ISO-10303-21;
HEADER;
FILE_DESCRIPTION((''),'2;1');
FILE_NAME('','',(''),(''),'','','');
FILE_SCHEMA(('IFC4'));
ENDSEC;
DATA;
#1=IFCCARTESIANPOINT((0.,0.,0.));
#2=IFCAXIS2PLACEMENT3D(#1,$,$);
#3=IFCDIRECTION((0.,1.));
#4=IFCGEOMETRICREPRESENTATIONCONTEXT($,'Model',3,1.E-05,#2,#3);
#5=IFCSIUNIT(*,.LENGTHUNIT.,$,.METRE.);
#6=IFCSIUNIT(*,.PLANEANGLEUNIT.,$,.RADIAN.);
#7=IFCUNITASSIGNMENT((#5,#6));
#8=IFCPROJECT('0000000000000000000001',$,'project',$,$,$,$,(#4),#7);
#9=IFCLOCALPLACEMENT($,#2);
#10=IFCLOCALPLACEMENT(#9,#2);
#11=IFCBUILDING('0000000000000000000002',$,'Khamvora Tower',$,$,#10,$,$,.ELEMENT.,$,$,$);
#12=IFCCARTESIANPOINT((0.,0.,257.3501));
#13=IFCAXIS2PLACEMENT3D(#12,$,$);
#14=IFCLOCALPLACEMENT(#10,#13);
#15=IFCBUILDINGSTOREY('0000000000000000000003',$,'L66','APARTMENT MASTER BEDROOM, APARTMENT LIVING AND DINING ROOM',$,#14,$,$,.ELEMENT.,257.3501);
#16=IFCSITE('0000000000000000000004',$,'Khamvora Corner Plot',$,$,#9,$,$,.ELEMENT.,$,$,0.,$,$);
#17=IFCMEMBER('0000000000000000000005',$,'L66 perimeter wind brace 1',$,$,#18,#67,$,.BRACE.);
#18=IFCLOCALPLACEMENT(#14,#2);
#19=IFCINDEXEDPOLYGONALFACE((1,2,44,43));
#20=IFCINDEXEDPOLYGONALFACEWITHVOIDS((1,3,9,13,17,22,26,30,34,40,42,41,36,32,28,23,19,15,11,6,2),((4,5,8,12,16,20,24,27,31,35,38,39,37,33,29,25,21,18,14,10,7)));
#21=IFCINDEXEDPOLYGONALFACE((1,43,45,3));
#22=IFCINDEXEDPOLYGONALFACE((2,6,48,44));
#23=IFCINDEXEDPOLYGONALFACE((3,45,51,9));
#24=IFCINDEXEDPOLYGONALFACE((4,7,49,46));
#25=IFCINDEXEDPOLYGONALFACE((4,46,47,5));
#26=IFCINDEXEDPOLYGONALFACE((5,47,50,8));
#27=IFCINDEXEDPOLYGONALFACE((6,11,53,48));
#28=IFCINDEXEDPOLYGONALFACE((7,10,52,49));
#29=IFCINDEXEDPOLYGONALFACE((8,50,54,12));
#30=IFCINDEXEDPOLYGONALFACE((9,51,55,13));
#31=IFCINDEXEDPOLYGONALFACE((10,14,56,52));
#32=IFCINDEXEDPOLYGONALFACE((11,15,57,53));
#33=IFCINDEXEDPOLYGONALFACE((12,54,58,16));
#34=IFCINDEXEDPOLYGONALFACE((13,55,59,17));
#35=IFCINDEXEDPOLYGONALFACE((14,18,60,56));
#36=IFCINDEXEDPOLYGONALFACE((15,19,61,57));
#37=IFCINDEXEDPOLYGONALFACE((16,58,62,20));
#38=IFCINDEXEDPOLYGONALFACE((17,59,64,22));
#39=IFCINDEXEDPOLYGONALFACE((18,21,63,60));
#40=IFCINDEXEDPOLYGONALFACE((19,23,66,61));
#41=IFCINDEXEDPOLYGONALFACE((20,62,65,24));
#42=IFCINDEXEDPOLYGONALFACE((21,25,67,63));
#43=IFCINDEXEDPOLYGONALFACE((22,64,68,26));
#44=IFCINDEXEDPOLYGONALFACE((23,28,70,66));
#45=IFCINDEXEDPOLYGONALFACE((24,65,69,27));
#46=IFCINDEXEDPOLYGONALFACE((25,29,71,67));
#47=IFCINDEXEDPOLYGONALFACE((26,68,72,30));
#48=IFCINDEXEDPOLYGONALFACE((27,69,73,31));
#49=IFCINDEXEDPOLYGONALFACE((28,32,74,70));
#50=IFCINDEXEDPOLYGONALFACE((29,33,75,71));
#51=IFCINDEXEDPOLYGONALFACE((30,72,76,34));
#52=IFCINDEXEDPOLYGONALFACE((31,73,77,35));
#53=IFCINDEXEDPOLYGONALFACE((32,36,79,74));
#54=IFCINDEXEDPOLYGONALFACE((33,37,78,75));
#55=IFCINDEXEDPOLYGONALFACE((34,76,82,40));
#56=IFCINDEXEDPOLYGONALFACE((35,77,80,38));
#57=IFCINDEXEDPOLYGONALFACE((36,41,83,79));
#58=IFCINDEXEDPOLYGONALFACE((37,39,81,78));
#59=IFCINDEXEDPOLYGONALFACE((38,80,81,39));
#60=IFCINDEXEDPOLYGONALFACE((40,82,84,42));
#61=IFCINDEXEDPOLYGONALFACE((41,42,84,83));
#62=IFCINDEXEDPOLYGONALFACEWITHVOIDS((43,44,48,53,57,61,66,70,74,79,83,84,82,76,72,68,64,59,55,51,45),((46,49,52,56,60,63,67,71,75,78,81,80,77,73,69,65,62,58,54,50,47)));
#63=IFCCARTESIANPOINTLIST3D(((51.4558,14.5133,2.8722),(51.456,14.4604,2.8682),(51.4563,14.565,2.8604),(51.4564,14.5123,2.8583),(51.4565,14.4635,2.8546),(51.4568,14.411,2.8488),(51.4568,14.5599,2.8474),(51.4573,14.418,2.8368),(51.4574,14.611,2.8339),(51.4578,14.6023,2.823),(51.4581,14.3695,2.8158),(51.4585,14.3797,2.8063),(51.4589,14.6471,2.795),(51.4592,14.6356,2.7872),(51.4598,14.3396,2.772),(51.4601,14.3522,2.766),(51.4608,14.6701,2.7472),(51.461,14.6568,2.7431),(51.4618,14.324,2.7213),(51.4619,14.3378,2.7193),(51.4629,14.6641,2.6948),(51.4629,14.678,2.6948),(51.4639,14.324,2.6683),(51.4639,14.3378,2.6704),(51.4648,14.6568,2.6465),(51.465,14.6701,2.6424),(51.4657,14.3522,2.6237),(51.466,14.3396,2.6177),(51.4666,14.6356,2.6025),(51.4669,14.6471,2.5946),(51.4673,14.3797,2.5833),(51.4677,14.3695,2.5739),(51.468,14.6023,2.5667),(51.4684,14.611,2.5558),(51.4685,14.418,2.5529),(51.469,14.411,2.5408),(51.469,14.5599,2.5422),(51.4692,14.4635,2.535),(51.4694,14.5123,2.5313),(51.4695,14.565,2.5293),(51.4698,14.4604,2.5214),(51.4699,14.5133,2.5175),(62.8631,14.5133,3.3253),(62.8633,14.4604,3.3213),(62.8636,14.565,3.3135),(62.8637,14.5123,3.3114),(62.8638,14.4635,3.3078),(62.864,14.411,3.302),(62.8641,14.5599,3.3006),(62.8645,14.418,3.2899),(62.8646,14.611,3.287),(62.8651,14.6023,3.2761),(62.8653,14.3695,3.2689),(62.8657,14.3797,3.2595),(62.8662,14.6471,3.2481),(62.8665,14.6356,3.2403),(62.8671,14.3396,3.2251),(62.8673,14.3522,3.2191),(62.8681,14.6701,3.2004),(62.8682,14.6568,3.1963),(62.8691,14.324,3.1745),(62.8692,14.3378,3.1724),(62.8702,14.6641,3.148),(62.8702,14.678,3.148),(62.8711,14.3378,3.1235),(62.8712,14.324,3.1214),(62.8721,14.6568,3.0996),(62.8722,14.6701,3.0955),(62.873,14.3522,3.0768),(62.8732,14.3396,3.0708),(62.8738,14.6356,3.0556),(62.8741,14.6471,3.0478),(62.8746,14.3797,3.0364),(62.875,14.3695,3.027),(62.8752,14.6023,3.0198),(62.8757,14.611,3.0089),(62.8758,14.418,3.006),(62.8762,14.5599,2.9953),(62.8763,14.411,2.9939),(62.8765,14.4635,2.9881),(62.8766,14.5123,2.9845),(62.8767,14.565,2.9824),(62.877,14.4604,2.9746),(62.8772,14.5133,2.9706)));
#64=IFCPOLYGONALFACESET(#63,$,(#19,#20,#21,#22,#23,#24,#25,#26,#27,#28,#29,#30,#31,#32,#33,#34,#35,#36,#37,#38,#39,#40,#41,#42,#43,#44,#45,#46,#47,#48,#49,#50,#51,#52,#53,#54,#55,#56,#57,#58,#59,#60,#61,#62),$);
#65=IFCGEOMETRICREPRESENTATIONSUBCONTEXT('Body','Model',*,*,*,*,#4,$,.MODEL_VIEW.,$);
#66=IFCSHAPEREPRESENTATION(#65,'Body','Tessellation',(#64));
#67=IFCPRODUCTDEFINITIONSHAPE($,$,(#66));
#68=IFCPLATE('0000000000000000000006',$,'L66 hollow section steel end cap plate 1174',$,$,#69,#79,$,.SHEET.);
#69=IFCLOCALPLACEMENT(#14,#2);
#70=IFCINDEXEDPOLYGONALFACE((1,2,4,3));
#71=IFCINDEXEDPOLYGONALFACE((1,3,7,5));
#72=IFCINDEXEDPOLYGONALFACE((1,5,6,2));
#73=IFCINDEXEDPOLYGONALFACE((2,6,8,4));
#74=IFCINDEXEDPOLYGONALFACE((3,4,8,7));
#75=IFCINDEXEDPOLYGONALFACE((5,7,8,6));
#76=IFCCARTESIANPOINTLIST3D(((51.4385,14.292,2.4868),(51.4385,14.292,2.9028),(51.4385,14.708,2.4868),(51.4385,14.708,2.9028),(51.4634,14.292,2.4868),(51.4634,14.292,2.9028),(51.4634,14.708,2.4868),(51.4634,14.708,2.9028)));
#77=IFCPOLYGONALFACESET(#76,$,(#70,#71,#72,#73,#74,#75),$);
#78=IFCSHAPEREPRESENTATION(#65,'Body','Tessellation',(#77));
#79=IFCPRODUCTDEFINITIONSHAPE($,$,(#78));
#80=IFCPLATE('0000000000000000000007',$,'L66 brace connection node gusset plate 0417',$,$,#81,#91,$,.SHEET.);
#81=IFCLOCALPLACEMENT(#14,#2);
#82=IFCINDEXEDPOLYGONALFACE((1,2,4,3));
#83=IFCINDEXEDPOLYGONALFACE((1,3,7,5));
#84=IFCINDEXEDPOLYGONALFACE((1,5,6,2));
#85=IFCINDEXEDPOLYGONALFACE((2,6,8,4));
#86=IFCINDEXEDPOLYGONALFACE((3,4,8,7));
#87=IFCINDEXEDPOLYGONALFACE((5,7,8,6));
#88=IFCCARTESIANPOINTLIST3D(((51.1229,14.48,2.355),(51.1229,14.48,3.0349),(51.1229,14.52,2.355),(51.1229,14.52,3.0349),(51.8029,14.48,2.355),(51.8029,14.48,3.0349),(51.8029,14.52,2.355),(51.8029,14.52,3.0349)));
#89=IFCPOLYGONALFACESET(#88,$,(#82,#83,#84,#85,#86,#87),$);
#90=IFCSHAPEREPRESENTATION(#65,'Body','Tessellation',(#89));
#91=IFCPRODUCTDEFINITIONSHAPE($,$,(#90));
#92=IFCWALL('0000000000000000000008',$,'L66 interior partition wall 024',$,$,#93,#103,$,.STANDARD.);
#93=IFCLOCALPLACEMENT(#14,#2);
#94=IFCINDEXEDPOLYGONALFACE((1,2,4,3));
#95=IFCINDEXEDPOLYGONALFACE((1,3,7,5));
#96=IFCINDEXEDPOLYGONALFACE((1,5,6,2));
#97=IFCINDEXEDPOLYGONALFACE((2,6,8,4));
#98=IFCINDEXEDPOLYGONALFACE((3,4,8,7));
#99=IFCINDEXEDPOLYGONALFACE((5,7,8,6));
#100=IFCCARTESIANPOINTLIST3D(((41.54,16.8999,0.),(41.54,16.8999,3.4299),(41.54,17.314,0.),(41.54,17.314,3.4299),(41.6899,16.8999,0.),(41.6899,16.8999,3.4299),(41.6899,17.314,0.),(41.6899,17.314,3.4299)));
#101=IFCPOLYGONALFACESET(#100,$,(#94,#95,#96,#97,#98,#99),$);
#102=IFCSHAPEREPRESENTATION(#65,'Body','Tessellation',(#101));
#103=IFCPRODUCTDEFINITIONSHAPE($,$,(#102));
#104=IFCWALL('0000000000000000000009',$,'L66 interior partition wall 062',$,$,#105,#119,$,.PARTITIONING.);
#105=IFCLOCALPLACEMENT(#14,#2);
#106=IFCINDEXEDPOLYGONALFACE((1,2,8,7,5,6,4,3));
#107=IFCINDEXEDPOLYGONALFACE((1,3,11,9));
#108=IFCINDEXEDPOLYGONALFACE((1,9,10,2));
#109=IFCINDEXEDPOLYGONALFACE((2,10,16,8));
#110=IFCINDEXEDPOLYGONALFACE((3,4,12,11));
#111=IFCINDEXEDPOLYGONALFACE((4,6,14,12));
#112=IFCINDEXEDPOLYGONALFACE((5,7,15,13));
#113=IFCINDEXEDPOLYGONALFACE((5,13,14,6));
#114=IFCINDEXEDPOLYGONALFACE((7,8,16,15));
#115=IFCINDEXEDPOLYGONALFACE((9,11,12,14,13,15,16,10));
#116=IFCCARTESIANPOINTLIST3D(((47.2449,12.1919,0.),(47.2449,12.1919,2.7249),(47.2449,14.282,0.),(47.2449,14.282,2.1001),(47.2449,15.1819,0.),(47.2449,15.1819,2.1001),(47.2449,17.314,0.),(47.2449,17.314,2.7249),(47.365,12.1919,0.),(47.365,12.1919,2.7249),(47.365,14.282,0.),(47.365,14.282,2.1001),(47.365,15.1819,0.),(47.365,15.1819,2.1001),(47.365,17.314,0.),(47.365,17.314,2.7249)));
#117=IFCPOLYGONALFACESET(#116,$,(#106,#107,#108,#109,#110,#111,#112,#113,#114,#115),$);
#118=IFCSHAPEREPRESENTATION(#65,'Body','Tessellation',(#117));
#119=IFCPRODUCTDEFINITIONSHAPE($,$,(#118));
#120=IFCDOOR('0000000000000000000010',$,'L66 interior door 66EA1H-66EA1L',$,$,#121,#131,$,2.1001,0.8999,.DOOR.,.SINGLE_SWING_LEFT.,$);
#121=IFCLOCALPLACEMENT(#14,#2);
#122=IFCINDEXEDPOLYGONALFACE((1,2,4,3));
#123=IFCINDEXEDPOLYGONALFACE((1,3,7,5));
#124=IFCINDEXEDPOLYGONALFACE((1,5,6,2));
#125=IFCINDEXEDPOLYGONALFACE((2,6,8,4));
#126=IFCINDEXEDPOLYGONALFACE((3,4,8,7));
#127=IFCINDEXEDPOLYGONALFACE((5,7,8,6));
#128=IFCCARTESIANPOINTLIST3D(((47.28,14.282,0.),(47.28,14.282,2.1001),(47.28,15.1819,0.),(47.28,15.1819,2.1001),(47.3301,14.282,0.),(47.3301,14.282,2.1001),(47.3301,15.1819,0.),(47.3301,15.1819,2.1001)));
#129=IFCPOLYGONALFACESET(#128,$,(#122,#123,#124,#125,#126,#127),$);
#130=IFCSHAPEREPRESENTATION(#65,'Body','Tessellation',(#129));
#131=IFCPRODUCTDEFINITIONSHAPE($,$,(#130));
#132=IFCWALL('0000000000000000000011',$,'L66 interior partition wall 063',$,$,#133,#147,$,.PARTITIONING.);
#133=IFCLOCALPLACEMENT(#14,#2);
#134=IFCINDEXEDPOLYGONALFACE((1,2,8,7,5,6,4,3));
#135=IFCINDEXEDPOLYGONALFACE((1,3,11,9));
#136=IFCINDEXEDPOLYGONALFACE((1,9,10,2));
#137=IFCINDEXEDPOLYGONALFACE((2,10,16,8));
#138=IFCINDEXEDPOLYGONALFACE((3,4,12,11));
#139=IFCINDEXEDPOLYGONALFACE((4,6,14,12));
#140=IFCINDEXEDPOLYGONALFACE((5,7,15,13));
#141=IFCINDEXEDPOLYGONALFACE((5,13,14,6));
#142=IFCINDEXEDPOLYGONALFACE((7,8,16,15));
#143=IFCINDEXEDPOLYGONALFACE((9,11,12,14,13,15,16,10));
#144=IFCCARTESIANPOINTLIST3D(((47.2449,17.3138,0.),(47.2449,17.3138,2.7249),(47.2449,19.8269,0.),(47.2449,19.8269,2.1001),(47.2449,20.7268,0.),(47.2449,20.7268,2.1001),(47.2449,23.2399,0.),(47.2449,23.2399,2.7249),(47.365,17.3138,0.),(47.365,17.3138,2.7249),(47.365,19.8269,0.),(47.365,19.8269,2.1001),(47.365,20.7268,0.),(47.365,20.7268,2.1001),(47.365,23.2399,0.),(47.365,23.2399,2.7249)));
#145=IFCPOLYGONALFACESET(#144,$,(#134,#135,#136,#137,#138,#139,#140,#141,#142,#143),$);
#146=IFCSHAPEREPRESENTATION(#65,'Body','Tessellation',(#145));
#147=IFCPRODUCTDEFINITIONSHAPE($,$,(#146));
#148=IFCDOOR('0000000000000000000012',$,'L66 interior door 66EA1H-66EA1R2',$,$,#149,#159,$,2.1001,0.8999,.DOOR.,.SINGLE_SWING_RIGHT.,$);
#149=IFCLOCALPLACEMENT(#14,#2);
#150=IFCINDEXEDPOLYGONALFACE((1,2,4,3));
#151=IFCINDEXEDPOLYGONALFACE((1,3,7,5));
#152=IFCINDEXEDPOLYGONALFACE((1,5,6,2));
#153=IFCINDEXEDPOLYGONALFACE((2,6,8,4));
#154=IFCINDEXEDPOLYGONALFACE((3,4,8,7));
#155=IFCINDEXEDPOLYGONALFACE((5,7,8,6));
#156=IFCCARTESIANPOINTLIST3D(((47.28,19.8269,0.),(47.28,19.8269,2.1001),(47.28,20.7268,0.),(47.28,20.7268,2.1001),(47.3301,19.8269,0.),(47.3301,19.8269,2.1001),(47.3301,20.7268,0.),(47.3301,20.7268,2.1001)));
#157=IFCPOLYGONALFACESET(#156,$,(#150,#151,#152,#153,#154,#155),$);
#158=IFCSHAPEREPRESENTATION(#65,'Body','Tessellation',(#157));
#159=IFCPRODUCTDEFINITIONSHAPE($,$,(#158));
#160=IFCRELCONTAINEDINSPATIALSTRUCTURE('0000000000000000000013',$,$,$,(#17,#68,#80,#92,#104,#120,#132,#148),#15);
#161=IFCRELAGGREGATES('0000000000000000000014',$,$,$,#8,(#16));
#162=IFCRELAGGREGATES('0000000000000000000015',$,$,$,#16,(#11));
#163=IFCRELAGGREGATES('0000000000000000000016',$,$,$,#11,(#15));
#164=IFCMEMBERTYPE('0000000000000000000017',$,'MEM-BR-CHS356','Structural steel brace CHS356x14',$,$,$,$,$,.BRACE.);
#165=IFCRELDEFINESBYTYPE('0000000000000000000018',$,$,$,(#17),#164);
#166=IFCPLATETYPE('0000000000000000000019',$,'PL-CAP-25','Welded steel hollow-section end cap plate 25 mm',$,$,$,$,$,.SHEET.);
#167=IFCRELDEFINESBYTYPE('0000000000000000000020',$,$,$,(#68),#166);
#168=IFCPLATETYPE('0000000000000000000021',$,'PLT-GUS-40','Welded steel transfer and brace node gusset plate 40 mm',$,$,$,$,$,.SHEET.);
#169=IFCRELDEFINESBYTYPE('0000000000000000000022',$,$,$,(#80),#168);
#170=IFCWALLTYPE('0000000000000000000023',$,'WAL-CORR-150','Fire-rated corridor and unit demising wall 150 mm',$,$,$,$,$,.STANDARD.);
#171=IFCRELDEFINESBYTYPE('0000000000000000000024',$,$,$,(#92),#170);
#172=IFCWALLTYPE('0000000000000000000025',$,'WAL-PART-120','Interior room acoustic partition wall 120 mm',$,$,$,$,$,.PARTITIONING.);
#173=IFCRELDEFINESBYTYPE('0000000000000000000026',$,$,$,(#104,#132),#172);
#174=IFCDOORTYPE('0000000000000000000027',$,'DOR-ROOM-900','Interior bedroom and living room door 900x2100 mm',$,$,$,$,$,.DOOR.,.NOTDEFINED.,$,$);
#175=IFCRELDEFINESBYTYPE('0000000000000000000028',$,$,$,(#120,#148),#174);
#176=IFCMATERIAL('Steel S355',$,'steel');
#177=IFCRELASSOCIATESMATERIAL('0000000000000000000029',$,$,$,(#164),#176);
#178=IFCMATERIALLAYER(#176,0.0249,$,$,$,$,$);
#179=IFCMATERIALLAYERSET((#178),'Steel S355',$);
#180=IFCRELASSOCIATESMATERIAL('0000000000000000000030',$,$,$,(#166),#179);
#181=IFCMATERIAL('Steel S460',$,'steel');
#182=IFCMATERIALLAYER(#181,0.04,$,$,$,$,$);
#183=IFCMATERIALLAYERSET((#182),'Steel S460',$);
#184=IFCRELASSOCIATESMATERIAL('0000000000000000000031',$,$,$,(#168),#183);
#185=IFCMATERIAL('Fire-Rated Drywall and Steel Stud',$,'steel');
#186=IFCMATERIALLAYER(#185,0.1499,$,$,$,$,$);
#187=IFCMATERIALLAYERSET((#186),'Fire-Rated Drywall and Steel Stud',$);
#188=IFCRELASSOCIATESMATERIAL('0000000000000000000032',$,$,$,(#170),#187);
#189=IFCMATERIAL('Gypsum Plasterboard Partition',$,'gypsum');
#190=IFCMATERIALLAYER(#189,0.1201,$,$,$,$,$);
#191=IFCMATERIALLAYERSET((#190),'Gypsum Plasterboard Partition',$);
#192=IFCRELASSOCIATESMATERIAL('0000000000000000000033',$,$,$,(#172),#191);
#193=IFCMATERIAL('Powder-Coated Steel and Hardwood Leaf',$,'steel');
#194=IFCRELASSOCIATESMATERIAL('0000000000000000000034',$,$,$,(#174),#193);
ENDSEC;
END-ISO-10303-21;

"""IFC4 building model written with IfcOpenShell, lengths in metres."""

from ifc_helpers import new_model, si_unit, direction, frame, frame_2d, origin, origin_2d, place, context, subcontext, project, spatial, rectangle, hollow_circle, extrude, material, layer, layer_set, material_profile, profile_set, type_object, element, fill, save


model = new_model("IFC4")

# Units and contexts
model_context = context("Model", 3, precision=1e-05, world=origin(), true_north=direction((0.0, 1.0)))
body_context = subcontext(model_context, "Body", "Model", "MODEL_VIEW")
ifc_project = project(units=[si_unit("LENGTHUNIT", "METRE"), si_unit("PLANEANGLEUNIT", "RADIAN")], contexts=[model_context])

# Site, building, storey
site_placement = place(None, origin())
site = spatial("IfcSite", under=ifc_project, at=site_placement, Name="Khamvora Corner Plot", CompositionType="ELEMENT", RefElevation=0.0)
building_placement = place(site_placement, origin())
building = spatial("IfcBuilding", under=site, at=building_placement, Name="Khamvora Tower", CompositionType="ELEMENT")
storey_placement = place(building_placement, frame((0.0, 0.0, 257.3501)))
storey = spatial("IfcBuildingStorey", under=building, at=storey_placement, Name="L66", Description="APARTMENT MASTER BEDROOM, APARTMENT LIVING AND DINING ROOM", CompositionType="ELEMENT", Elevation=257.3501)

# Shared definitions
ifc_material_1 = material(Name="Steel S355", Category="steel")

# Member
ifc_material_profile_1 = material_profile(ifc_material_1, hollow_circle(Radius=0.178, WallThickness=0.0139, at=origin_2d()), Name="CHS356x14")
ifc_profile_set_1 = profile_set([ifc_material_profile_1], Name="Steel S355")
member_type = type_object("IfcMemberType", Name="MEM-BR-CHS356", Description="Structural steel brace CHS356x14", PredefinedType="BRACE", material=ifc_profile_set_1)
member_placement = place(storey_placement, frame((51.4629, 14.5, 2.6948), z_axis=(0.999212, 0.0, 0.039691), x_axis=(0.0, 1.0, 0.0)))
element("IfcMember", 1, at=member_placement, inside=storey, type_object=member_type, Name="L66 perimeter wind brace 1", PredefinedType="BRACE", context=body_context, shape_type="SweptSolid", body=[
    extrude(hollow_circle(Radius=0.178, WallThickness=0.0139, at=origin_2d()), origin(), (0.0, 0.0, 1.0), 11.4163),
])

# Plates
ifc_layer_1 = layer(ifc_material_1, 0.0249)
ifc_layer_set_1 = layer_set([ifc_layer_1], Name="Steel S355")
plate_type_1 = type_object("IfcPlateType", Name="PL-CAP-25", Description="Welded steel hollow-section end cap plate 25 mm", PredefinedType="SHEET", material=ifc_layer_set_1)
plate_1_placement = place(storey_placement, frame((51.4509, 14.5, 2.4868), z_axis=(0.0, 0.0, 1.0), x_axis=(1.0, 0.0, 0.0)))
element("IfcPlate", 2, at=plate_1_placement, inside=storey, type_object=plate_type_1, Name="L66 hollow section steel end cap plate 1174", PredefinedType="SHEET", context=body_context, shape_type="SweptSolid", body=[
    extrude(rectangle(XDim=0.0249, YDim=0.416, at=origin_2d()), origin(), (0.0, 0.0, 1.0), 0.416),
])
ifc_material_2 = material(Name="Steel S460", Category="steel")
ifc_layer_2 = layer(ifc_material_2, 0.04)
ifc_layer_set_2 = layer_set([ifc_layer_2], Name="Steel S460")
plate_type_2 = type_object("IfcPlateType", Name="PLT-GUS-40", Description="Welded steel transfer and brace node gusset plate 40 mm", PredefinedType="SHEET", material=ifc_layer_set_2)
plate_2_placement = place(storey_placement, frame((51.4629, 14.5, 2.355), z_axis=(0.0, 0.0, 1.0), x_axis=(1.0, 0.0, 0.0)))
element("IfcPlate", 3, at=plate_2_placement, inside=storey, type_object=plate_type_2, Name="L66 brace connection node gusset plate 0417", PredefinedType="SHEET", context=body_context, shape_type="SweptSolid", body=[
    extrude(rectangle(XDim=0.6799, YDim=0.04, at=origin_2d()), origin(), (0.0, 0.0, 1.0), 0.6799),
])

# Wall
ifc_material_3 = material(Name="Fire-Rated Drywall and Steel Stud", Category="steel")
ifc_layer_3 = layer(ifc_material_3, 0.1499)
ifc_layer_set_3 = layer_set([ifc_layer_3], Name="Fire-Rated Drywall and Steel Stud")
wall_type_1 = type_object("IfcWallType", Name="WAL-CORR-150", Description="Fire-rated corridor and unit demising wall 150 mm", PredefinedType="STANDARD", material=ifc_layer_set_3)
wall_1_placement = place(storey_placement, frame((41.615, 17.314, 0.0), z_axis=(0.0, 0.0, 1.0), x_axis=(0.0, -1.0, 0.0)))
element("IfcWall", 4, at=wall_1_placement, inside=storey, type_object=wall_type_1, Name="L66 interior partition wall 024", PredefinedType="STANDARD", context=body_context, shape_type="SweptSolid", body=[
    extrude(rectangle(XDim=0.4141, YDim=0.1499, at=frame_2d((0.207, 0.0))), origin(), (0.0, 0.0, 1.0), 3.4299),
])

# Walls, openings, doors
ifc_material_4 = material(Name="Gypsum Plasterboard Partition", Category="gypsum")
ifc_layer_4 = layer(ifc_material_4, 0.1201)
ifc_layer_set_4 = layer_set([ifc_layer_4], Name="Gypsum Plasterboard Partition")
wall_type_2 = type_object("IfcWallType", Name="WAL-PART-120", Description="Interior room acoustic partition wall 120 mm", PredefinedType="PARTITIONING", material=ifc_layer_set_4)
wall_2_placement = place(storey_placement, frame((47.3049, 12.1919, 0.0), z_axis=(0.0, 0.0, 1.0), x_axis=(0.0, 1.0, 0.0)))
wall_2 = element("IfcWall", 5, at=wall_2_placement, inside=storey, type_object=wall_type_2, Name="L66 interior partition wall 062", PredefinedType="PARTITIONING", context=body_context, shape_type="SweptSolid", body=[
    extrude(rectangle(XDim=5.1221, YDim=0.1201, at=frame_2d((2.561, 0.0))), origin(), (0.0, 0.0, 1.0), 2.7249),
])
opening_1_placement = place(wall_2_placement, frame((2.0901, 0.0, 0.0)))
opening_1 = element("IfcOpeningElement", 6, at=opening_1_placement, cuts=wall_2, PredefinedType="OPENING", context=body_context, shape_type="SweptSolid", body=[
    extrude(rectangle(XDim=0.8999, YDim=2.1001, at=frame_2d((0.45, 1.05))), frame((0.0, 0.0701, 0.0), z_axis=(0.0, -1.0, 0.0), x_axis=(1.0, 0.0, 0.0)), (0.0, 0.0, 1.0), 0.1401),
])
ifc_material_5 = material(Name="Powder-Coated Steel and Hardwood Leaf", Category="steel")
door_type = type_object("IfcDoorType", Name="DOR-ROOM-900", Description="Interior bedroom and living room door 900x2100 mm", OperationType="NOTDEFINED", PredefinedType="DOOR", material=ifc_material_5)
door_1_placement = place(opening_1_placement, origin())
door_1 = element("IfcDoor", 7, at=door_1_placement, inside=storey, type_object=door_type, Name="L66 interior door 66EA1H-66EA1L", OperationType="SINGLE_SWING_LEFT", OverallHeight=2.1001, OverallWidth=0.8999, PredefinedType="DOOR", context=body_context, shape_type="SweptSolid", body=[
    extrude(rectangle(XDim=0.8999, YDim=2.1001, at=frame_2d((0.45, 1.05))), frame((0.0, 0.0249, 0.0), z_axis=(0.0, -1.0, 0.0), x_axis=(1.0, 0.0, 0.0)), (0.0, 0.0, 1.0), 0.05),
])
fill(opening_1, door_1)
wall_3_placement = place(storey_placement, frame((47.3049, 17.314, 0.0), z_axis=(0.0, 0.0, 1.0), x_axis=(0.0, 1.0, 0.0)))
wall_3 = element("IfcWall", 8, at=wall_3_placement, inside=storey, type_object=wall_type_2, Name="L66 interior partition wall 063", PredefinedType="PARTITIONING", context=body_context, shape_type="SweptSolid", body=[
    extrude(rectangle(XDim=5.926, YDim=0.1201, at=frame_2d((2.9629, 0.0))), origin(), (0.0, 0.0, 1.0), 2.7249),
])
opening_2_placement = place(wall_3_placement, frame((2.5129, 0.0, 0.0)))
opening_2 = element("IfcOpeningElement", 9, at=opening_2_placement, cuts=wall_3, PredefinedType="OPENING", context=body_context, shape_type="SweptSolid", body=[
    extrude(rectangle(XDim=0.8999, YDim=2.1001, at=frame_2d((0.45, 1.05))), frame((0.0, 0.0701, 0.0), z_axis=(0.0, -1.0, 0.0), x_axis=(1.0, 0.0, 0.0)), (0.0, 0.0, 1.0), 0.1401),
])
door_2_placement = place(opening_2_placement, origin())
door_2 = element("IfcDoor", 10, at=door_2_placement, inside=storey, type_object=door_type, Name="L66 interior door 66EA1H-66EA1R2", OperationType="SINGLE_SWING_RIGHT", OverallHeight=2.1001, OverallWidth=0.8999, PredefinedType="DOOR", context=body_context, shape_type="SweptSolid", body=[
    extrude(rectangle(XDim=0.8999, YDim=2.1001, at=frame_2d((0.45, 1.05))), frame((0.0, 0.0249, 0.0), z_axis=(0.0, -1.0, 0.0), x_axis=(1.0, 0.0, 0.0)), (0.0, 0.0, 1.0), 0.05),
])
fill(opening_2, door_2)

save(model, "model.ifc")
